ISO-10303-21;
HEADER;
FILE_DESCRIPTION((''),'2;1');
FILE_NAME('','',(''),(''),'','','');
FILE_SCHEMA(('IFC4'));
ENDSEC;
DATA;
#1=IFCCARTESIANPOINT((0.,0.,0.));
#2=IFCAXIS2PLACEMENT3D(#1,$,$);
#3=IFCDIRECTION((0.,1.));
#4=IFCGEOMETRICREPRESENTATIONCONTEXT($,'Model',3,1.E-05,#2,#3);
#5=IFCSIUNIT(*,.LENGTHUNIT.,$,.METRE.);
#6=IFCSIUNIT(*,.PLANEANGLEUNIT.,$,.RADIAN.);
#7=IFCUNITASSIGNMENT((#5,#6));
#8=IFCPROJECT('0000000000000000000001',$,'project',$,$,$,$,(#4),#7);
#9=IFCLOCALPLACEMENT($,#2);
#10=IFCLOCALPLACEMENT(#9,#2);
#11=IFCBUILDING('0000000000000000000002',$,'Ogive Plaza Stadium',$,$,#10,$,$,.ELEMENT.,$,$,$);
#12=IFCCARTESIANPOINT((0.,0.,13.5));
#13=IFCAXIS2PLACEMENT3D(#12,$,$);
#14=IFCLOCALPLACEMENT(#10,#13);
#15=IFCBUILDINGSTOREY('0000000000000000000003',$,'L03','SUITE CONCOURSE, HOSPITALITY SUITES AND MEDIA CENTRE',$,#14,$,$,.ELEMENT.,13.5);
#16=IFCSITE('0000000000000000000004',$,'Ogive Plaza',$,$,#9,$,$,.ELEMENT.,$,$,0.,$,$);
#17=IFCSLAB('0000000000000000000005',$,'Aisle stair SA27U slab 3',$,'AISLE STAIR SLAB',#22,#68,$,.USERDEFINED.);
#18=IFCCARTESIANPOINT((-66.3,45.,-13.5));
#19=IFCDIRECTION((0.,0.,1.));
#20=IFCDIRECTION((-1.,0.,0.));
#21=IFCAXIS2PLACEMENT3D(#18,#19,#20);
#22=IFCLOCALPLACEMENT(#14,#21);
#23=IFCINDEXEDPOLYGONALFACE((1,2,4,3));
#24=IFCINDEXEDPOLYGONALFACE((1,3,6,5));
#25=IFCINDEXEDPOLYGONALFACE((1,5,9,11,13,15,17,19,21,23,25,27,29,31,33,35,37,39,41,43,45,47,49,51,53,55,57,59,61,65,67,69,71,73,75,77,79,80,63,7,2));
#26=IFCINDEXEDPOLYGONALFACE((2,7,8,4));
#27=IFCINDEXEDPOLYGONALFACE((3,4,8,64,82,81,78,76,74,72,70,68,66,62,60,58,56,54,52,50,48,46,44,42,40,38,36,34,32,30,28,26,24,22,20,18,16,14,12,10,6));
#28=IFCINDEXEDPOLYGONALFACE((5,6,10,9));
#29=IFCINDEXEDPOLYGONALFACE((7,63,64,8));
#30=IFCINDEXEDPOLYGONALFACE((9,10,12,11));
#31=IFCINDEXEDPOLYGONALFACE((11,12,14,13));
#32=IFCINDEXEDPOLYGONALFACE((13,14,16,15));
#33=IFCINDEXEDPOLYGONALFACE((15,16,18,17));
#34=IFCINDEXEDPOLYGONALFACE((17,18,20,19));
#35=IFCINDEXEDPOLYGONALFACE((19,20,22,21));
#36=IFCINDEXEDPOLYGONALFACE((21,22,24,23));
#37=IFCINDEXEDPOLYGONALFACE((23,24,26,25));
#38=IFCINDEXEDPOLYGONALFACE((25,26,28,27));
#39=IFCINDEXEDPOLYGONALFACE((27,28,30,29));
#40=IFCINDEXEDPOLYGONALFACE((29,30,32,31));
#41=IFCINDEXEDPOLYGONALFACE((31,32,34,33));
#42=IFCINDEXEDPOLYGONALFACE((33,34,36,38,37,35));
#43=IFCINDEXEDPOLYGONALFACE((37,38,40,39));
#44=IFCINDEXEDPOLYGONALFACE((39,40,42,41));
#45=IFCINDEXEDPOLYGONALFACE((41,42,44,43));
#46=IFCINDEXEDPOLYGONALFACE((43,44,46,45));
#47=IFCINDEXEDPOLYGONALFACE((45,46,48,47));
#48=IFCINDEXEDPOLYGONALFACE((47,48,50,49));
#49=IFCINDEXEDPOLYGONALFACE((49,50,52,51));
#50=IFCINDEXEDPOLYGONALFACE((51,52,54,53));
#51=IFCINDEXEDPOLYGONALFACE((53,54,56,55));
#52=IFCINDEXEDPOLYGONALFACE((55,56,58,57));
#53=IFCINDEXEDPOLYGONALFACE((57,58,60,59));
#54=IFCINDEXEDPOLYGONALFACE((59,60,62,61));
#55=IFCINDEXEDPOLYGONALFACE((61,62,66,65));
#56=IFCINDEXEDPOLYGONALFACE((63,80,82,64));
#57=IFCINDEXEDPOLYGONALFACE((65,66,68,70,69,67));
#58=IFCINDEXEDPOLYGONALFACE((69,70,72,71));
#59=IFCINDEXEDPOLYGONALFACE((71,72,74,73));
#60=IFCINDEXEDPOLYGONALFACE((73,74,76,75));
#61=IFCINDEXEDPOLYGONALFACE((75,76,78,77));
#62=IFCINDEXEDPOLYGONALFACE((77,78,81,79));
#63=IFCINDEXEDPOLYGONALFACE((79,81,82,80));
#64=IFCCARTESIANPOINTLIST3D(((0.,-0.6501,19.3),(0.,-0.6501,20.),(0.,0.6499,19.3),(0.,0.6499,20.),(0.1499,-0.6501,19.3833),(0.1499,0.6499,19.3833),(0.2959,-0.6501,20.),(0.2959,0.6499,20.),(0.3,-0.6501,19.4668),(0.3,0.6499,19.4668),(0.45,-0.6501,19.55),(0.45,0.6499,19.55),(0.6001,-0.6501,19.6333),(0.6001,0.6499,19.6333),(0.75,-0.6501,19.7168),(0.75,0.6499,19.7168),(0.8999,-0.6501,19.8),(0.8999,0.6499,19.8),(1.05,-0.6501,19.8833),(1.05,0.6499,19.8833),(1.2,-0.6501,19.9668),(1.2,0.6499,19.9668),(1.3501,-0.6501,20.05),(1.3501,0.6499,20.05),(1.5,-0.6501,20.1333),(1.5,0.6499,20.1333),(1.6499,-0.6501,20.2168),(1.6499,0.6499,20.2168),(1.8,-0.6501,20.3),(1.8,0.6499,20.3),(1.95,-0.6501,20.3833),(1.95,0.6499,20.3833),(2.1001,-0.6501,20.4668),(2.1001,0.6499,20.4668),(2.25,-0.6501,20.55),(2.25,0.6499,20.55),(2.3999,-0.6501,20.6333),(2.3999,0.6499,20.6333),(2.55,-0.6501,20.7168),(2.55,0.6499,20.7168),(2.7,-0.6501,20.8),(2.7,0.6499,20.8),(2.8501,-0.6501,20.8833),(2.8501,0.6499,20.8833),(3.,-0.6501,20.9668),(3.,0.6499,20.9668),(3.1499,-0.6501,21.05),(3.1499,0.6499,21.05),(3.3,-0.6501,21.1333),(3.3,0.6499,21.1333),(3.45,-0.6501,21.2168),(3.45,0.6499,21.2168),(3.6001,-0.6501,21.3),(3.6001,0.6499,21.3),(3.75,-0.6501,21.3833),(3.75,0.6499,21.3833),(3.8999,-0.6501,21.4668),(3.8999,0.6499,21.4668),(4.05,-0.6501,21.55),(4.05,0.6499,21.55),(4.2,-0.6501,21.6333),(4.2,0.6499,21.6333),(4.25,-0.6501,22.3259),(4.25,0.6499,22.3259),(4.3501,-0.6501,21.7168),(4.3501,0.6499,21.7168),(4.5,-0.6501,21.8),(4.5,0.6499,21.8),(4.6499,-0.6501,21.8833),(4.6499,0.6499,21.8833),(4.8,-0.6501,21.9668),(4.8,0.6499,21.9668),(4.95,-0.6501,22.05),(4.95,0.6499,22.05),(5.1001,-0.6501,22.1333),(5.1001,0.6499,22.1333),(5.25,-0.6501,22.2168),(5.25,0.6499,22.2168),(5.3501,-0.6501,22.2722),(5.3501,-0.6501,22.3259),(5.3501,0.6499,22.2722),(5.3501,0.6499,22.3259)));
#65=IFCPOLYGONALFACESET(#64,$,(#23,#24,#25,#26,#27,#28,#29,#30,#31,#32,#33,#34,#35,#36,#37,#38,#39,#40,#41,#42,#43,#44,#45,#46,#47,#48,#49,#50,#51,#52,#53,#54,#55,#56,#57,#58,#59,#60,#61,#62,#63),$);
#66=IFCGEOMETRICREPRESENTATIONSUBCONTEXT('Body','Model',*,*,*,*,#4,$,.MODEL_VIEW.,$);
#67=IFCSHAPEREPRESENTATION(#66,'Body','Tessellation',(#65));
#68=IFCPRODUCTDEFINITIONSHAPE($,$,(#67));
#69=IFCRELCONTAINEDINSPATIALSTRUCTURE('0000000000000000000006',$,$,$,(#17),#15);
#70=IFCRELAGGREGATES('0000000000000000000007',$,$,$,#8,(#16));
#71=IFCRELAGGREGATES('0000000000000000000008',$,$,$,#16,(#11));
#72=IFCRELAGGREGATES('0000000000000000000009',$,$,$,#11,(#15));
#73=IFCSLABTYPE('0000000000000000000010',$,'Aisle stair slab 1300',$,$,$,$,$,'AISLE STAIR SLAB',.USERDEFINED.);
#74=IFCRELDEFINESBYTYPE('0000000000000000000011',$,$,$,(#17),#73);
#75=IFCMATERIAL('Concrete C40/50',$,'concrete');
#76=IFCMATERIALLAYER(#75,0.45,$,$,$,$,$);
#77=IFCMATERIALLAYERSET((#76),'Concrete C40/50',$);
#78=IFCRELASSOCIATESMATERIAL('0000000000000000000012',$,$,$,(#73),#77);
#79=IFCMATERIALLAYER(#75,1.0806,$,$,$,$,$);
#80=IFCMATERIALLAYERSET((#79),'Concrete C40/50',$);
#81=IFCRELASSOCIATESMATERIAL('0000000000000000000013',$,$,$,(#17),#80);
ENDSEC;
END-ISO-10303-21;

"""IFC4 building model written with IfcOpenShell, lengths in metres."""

from ifc_helpers import new_model, si_unit, direction, frame, origin, place, context, subcontext, project, spatial, polyline, outline, extrude, material, layer, layer_set, type_object, element, save


model = new_model("IFC4")

# Units and contexts
model_context = context("Model", 3, precision=1e-05, world=origin(), true_north=direction((0.0, 1.0)))
body_context = subcontext(model_context, "Body", "Model", "MODEL_VIEW")
ifc_project = project(units=[si_unit("LENGTHUNIT", "METRE"), si_unit("PLANEANGLEUNIT", "RADIAN")], contexts=[model_context])

# Site, building, storey
site_placement = place(None, origin())
site = spatial("IfcSite", under=ifc_project, at=site_placement, Name="Ogive Plaza", CompositionType="ELEMENT", RefElevation=0.0)
building_placement = place(site_placement, origin())
building = spatial("IfcBuilding", under=site, at=building_placement, Name="Ogive Plaza Stadium", CompositionType="ELEMENT")
storey_placement = place(building_placement, frame((0.0, 0.0, 13.5)))
storey = spatial("IfcBuildingStorey", under=building, at=storey_placement, Name="L03", Description="SUITE CONCOURSE, HOSPITALITY SUITES AND MEDIA CENTRE", CompositionType="ELEMENT", Elevation=13.5)

# Slab
ifc_material_1 = material(Name="Concrete C40/50", Category="concrete")
ifc_layer_1 = layer(ifc_material_1, 1.0806)
ifc_layer_set_1 = layer_set([ifc_layer_1], Name="Concrete C40/50")
ifc_layer_2 = layer(ifc_material_1, 0.45)
ifc_layer_set_2 = layer_set([ifc_layer_2], Name="Concrete C40/50")
slab_type = type_object("IfcSlabType", Name="Aisle stair slab 1300", ElementType="AISLE STAIR SLAB", PredefinedType="USERDEFINED", material=ifc_layer_set_2)
slab_placement = place(storey_placement, frame((-66.3, 45.0, -13.5), z_axis=(0.0, 0.0, 1.0), x_axis=(-1.0, 0.0, 0.0)))
element("IfcSlab", 1, at=slab_placement, inside=storey, type_object=slab_type, material=ifc_layer_set_1, Name="Aisle stair SA27U slab 3", ObjectType="AISLE STAIR SLAB", PredefinedType="USERDEFINED", context=body_context, shape_type="SweptSolid", body=[
    extrude(outline(polyline([(0.0, 20.0), (0.2959, 20.0), (4.25, 22.3259), (5.3501, 22.3259), (5.3501, 22.2722), (5.25, 22.2168), (5.1001, 22.1333), (4.95, 22.05), (4.8, 21.9668), (4.6499, 21.8833), (4.5, 21.8), (4.3501, 21.7168), (4.2, 21.6333), (4.05, 21.55), (3.8999, 21.4668), (3.75, 21.3833), (3.6001, 21.3), (3.45, 21.2168), (3.3, 21.1333), (3.1499, 21.05), (3.0, 20.9668), (2.8501, 20.8833), (2.7, 20.8), (2.55, 20.7168), (2.3999, 20.6333), (2.25, 20.55), (2.1001, 20.4668), (1.95, 20.3833), (1.8, 20.3), (1.6499, 20.2168), (1.5, 20.1333), (1.3501, 20.05), (1.2, 19.9668), (1.05, 19.8833), (0.8999, 19.8), (0.75, 19.7168), (0.6001, 19.6333), (0.45, 19.55), (0.3, 19.4668), (0.1499, 19.3833), (0.0, 19.3), (0.0, 20.0)])), frame((0.0, 0.6499, 0.0), z_axis=(0.0, -1.0, 0.0), x_axis=(1.0, 0.0, 0.0)), (0.0, 0.0, 1.0), 1.3),
])

save(model, "model.ifc")
